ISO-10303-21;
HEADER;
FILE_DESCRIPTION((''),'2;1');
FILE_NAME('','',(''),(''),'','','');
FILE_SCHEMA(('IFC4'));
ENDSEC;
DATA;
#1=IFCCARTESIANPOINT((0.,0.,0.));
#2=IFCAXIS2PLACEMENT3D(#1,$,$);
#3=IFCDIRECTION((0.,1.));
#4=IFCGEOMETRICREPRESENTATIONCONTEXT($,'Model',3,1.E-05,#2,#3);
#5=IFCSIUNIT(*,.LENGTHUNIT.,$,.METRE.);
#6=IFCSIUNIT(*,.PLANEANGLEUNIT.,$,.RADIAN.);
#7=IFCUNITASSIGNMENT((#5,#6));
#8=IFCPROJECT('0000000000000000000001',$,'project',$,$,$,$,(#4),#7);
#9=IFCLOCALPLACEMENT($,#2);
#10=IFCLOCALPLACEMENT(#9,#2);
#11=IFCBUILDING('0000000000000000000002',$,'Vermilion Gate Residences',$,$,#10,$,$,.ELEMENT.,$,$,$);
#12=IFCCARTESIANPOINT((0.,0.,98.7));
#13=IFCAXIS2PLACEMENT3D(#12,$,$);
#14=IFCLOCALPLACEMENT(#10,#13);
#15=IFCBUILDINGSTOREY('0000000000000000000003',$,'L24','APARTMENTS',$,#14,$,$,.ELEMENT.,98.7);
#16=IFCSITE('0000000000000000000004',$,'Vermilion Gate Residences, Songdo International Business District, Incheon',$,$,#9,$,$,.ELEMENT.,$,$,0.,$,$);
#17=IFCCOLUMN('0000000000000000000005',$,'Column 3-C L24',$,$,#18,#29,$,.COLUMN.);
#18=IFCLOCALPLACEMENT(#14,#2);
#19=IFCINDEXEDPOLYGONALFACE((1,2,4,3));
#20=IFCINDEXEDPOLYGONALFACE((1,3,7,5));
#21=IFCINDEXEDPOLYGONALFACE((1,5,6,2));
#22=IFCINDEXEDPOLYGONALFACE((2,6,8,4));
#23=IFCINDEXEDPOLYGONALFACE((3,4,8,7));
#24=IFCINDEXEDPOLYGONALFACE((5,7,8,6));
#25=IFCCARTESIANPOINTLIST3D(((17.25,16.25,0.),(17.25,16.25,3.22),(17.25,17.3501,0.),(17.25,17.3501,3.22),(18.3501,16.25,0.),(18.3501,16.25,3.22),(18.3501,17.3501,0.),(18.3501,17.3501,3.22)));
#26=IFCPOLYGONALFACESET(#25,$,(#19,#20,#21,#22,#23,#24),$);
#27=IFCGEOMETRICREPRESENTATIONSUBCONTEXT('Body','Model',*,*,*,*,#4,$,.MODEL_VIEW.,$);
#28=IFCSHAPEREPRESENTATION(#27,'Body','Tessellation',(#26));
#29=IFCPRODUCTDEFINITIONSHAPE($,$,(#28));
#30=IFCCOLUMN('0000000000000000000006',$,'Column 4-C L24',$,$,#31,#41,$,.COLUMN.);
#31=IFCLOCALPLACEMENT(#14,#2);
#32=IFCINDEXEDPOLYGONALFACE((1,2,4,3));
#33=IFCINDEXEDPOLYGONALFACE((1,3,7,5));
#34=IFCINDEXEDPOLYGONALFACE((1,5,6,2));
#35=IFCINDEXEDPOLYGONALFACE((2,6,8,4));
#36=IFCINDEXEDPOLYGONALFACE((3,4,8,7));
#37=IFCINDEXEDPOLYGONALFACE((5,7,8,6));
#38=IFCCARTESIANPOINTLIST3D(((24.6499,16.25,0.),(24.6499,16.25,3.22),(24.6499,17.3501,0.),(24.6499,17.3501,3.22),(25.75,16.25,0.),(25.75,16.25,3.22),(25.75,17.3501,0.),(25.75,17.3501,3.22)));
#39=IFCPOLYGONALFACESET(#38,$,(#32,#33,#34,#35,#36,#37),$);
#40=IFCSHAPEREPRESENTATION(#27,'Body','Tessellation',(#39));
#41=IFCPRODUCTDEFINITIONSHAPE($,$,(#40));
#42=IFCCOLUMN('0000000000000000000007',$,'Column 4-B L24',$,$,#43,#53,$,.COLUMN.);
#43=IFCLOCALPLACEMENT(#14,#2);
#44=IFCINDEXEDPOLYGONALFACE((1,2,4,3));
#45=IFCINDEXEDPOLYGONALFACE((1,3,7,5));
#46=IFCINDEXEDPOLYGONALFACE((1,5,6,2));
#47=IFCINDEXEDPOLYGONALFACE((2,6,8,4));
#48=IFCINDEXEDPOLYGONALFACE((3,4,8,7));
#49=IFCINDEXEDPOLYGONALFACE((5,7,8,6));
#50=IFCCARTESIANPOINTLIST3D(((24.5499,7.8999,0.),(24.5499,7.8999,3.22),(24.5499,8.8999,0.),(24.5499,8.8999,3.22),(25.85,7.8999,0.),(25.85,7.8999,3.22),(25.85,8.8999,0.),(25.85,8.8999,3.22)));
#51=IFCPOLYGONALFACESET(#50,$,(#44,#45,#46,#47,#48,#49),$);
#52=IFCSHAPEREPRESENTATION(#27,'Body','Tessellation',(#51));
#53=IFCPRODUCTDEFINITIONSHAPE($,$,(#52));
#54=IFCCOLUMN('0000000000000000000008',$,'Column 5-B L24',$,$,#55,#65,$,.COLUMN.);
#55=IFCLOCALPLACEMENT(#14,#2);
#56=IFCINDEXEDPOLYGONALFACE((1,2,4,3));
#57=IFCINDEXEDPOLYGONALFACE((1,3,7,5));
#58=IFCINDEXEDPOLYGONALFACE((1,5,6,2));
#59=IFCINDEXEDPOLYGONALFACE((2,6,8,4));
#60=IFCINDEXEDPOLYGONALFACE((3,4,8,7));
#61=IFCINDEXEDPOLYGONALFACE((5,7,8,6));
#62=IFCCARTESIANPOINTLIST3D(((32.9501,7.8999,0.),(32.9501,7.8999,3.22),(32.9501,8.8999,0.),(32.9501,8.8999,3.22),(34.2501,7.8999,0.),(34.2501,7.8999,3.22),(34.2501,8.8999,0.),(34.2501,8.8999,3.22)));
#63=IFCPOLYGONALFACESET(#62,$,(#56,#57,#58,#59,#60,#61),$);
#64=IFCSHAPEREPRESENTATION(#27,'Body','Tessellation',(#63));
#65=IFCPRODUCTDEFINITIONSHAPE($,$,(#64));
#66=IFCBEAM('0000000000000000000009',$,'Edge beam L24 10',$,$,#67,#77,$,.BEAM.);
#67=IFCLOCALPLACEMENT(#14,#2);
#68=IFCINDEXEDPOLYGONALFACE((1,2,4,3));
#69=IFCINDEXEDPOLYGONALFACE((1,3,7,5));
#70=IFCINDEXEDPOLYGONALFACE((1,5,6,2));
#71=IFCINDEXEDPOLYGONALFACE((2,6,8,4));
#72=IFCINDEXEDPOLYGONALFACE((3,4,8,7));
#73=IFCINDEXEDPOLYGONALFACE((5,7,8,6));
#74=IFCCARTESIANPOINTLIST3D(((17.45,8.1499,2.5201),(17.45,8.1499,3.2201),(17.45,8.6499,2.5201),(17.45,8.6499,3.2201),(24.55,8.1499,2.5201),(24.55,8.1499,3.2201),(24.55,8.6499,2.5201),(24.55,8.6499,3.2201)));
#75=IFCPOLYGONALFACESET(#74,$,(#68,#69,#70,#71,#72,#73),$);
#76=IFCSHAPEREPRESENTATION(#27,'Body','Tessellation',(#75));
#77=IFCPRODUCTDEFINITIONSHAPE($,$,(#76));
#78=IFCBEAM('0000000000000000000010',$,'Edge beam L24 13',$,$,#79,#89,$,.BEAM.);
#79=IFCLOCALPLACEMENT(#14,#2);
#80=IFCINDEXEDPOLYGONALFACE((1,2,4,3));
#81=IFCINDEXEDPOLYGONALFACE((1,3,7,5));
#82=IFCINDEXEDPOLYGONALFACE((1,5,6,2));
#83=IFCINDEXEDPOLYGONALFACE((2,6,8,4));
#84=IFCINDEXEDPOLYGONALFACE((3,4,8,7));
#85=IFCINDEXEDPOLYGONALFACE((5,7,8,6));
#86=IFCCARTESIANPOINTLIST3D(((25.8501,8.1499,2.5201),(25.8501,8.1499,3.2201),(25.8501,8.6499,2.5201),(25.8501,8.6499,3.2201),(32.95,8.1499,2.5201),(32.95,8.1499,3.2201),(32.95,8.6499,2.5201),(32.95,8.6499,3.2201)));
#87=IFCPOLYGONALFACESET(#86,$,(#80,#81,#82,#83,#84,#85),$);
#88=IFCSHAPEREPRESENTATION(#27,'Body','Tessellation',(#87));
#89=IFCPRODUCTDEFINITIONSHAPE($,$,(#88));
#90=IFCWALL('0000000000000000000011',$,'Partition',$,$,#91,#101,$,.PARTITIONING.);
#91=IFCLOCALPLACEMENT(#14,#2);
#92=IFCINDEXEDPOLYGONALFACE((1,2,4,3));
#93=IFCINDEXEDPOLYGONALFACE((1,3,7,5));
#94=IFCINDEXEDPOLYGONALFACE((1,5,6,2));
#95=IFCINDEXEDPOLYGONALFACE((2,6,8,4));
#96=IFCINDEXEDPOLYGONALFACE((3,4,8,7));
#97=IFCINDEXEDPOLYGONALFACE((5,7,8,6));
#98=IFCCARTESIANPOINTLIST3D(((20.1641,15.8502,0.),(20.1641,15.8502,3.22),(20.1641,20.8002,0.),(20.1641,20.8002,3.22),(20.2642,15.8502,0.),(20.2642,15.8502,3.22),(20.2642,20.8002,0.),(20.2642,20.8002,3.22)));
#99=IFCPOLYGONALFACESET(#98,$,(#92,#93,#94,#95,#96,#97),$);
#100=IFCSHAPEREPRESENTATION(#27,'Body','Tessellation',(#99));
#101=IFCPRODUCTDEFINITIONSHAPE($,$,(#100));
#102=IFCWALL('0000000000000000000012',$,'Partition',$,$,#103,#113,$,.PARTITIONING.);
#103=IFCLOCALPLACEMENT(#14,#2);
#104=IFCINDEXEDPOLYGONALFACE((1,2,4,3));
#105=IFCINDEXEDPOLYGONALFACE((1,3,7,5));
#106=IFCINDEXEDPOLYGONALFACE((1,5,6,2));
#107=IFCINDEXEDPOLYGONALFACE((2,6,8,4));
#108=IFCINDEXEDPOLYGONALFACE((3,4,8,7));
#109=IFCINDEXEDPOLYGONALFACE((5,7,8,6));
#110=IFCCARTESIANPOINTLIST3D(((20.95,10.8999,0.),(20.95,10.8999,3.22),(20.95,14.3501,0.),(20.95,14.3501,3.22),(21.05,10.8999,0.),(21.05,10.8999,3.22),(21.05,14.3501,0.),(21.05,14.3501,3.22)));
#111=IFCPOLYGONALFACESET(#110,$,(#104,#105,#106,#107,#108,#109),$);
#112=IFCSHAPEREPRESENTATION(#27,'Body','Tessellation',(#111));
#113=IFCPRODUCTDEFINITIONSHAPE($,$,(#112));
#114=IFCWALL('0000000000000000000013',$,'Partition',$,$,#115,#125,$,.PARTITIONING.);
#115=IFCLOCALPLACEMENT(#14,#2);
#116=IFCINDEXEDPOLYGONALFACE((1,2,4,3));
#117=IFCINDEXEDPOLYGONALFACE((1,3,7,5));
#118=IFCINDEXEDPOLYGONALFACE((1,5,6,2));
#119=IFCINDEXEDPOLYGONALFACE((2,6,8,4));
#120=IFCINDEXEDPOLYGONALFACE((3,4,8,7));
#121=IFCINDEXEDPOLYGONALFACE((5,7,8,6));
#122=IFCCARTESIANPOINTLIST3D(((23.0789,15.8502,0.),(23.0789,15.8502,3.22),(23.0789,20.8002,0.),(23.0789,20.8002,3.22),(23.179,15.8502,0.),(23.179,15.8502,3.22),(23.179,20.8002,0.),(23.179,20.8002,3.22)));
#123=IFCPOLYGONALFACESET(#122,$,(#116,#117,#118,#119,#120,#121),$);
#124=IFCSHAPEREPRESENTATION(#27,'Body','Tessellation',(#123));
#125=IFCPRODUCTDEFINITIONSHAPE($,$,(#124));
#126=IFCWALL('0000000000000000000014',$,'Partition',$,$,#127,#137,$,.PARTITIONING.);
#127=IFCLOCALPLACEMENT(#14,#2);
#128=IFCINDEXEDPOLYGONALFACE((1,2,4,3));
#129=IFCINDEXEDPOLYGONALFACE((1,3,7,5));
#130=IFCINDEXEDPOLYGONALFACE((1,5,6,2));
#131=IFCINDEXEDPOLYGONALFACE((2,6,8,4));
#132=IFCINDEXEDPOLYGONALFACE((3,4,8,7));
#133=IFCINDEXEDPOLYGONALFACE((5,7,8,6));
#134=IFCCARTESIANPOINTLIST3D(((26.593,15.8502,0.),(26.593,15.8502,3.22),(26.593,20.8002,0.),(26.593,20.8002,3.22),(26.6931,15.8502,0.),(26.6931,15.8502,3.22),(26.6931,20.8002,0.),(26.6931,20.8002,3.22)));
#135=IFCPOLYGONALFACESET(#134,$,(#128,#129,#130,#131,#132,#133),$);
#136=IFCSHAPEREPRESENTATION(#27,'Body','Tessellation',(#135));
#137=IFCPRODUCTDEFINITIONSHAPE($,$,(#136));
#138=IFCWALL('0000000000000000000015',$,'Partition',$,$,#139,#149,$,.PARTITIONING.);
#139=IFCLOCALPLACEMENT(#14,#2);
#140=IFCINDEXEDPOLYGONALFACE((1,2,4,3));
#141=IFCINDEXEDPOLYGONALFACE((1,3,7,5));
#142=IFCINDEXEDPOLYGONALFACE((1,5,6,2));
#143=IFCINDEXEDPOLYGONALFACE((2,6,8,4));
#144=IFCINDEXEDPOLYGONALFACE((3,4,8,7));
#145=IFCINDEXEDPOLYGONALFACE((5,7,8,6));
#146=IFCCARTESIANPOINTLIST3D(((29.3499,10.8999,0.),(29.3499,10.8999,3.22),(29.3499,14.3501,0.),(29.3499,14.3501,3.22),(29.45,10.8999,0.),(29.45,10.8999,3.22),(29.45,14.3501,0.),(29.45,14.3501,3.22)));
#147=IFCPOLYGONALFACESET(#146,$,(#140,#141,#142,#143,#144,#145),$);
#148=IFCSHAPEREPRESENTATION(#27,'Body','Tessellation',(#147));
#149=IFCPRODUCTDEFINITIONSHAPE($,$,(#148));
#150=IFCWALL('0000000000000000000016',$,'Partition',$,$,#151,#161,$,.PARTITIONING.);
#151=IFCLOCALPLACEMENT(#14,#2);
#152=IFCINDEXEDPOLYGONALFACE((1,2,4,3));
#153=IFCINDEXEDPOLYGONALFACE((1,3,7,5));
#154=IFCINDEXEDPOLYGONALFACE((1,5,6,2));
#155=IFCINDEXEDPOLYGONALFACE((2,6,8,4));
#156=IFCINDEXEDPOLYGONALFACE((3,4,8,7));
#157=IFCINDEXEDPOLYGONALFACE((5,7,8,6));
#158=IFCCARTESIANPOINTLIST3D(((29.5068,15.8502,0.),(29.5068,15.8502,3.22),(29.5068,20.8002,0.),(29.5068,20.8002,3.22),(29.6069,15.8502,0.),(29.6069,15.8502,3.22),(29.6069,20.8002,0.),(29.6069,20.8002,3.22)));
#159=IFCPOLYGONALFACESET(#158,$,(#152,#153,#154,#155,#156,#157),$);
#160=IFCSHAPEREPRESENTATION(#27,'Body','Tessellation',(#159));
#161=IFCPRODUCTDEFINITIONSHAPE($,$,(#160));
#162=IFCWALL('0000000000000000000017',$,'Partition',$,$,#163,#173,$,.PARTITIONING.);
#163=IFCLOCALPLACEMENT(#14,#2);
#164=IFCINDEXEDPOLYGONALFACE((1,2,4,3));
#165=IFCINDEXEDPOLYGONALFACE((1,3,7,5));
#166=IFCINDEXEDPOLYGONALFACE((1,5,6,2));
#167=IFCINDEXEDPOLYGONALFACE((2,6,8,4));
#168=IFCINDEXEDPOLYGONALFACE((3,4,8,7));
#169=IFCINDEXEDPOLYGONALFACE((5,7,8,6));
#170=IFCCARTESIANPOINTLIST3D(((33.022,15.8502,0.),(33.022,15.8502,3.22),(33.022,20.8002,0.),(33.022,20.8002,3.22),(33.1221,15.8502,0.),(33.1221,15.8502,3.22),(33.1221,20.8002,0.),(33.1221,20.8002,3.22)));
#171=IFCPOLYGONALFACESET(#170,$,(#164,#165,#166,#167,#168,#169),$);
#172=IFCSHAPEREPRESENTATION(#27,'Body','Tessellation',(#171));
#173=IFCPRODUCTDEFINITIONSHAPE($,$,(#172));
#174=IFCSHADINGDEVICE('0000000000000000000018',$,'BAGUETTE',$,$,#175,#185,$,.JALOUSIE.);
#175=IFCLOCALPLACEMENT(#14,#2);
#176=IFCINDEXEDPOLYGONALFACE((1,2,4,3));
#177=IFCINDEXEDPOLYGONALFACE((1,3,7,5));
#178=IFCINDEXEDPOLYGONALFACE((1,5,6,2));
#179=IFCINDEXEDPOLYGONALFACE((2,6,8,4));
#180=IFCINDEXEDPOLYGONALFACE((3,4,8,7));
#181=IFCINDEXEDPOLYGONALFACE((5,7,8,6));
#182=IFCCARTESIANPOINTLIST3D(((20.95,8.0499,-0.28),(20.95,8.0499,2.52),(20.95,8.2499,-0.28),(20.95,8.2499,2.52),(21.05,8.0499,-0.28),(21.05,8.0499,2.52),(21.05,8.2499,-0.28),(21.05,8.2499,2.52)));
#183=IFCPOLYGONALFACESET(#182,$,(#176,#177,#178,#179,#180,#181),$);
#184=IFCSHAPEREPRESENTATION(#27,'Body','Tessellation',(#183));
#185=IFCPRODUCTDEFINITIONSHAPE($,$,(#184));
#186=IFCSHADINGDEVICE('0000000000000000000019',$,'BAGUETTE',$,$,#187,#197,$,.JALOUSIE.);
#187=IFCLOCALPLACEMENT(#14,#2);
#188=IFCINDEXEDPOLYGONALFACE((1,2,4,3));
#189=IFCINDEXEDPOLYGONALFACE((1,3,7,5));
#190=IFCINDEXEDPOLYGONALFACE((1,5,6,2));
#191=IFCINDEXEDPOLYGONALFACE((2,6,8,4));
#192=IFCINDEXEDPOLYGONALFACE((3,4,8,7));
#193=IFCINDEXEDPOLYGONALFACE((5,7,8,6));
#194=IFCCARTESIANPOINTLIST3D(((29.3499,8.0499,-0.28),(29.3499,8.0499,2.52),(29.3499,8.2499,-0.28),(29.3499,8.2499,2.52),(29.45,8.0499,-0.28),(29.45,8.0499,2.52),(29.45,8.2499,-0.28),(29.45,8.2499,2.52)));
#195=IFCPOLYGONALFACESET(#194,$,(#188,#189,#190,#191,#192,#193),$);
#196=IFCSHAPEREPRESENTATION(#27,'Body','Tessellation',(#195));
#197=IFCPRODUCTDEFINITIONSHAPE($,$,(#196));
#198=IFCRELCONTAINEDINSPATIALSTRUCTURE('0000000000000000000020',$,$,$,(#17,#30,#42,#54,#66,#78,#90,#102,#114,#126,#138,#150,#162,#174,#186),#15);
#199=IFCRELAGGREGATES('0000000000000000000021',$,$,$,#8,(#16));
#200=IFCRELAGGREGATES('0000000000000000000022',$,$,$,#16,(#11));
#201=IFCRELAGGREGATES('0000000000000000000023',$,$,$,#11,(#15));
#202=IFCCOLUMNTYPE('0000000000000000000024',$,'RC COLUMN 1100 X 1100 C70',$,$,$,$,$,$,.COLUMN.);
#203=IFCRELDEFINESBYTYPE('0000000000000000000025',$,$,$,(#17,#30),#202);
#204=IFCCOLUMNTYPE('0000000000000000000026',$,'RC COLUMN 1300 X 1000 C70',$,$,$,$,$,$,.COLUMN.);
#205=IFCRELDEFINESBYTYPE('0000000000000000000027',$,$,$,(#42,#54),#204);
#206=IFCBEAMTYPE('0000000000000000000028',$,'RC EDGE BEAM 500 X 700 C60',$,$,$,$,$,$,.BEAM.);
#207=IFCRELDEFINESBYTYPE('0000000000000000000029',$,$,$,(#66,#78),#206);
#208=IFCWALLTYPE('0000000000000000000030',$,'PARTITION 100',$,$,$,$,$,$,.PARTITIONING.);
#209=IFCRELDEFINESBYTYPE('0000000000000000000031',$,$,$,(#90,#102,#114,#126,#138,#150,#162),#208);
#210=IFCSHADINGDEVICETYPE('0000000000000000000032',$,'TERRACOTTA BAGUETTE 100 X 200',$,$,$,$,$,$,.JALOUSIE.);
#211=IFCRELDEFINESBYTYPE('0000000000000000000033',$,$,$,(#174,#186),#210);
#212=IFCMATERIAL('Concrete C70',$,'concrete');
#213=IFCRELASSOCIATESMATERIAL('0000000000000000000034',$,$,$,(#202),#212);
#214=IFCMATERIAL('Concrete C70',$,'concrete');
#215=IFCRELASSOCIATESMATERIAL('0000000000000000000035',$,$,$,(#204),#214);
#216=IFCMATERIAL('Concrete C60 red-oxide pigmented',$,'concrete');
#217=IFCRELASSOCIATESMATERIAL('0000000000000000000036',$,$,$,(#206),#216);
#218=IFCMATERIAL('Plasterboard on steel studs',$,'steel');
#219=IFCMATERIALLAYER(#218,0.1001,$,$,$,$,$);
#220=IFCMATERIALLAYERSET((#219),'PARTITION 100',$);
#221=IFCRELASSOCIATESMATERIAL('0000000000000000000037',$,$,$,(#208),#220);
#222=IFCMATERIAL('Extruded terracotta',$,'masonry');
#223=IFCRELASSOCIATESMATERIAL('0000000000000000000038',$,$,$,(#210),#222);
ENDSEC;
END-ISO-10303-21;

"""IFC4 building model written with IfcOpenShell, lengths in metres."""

from ifc_helpers import new_model, si_unit, direction, frame, frame_2d, origin, origin_2d, place, context, subcontext, project, spatial, rectangle, extrude, material, layer, layer_set, material_profile, profile_set, type_object, element, save


model = new_model("IFC4")

# Units and contexts
model_context = context("Model", 3, precision=1e-05, world=origin(), true_north=direction((0.0, 1.0)))
body_context = subcontext(model_context, "Body", "Model", "MODEL_VIEW")
ifc_project = project(units=[si_unit("LENGTHUNIT", "METRE"), si_unit("PLANEANGLEUNIT", "RADIAN")], contexts=[model_context])

# Site, building, storey
site_placement = place(None, origin())
site = spatial("IfcSite", under=ifc_project, at=site_placement, Name="Vermilion Gate Residences, Songdo International Business District, Incheon", CompositionType="ELEMENT", RefElevation=0.0)
building_placement = place(site_placement, origin())
building = spatial("IfcBuilding", under=site, at=building_placement, Name="Vermilion Gate Residences", CompositionType="ELEMENT")
storey_placement = place(building_placement, frame((0.0, 0.0, 98.7)))
storey = spatial("IfcBuildingStorey", under=building, at=storey_placement, Name="L24", Description="APARTMENTS", CompositionType="ELEMENT", Elevation=98.7)

# Columns
ifc_material_1 = material(Name="Concrete C70", Category="concrete")
ifc_material_profile_1 = material_profile(ifc_material_1, rectangle(XDim=1.1001, YDim=1.1001, at=origin_2d()), Name="RC-1100x1100")
ifc_profile_set_1 = profile_set([ifc_material_profile_1], Name="Concrete C70")
column_type_1 = type_object("IfcColumnType", Name="RC COLUMN 1100 X 1100 C70", PredefinedType="COLUMN", material=ifc_profile_set_1)
for number, where, z_axis, x_axis, name in (
    (1, (17.8, 16.8, 0.0), (0.0, 0.0, 1.0), (1.0, 0.0, 0.0), "Column 3-C L24"),
    (2, (25.2, 16.8, 0.0), (0.0, 0.0, 1.0), (1.0, 0.0, 0.0), "Column 4-C L24"),
):
    element("IfcColumn", number, at=place(storey_placement, frame(where, z_axis=z_axis, x_axis=x_axis)), inside=storey, type_object=column_type_1, Name=name, PredefinedType="COLUMN", context=body_context, shape_type="SweptSolid", body=[
        extrude(rectangle(XDim=1.1001, YDim=1.1001, at=origin_2d()), origin(), (0.0, 0.0, 1.0), 3.22),
    ])
ifc_material_2 = material(Name="Concrete C70", Category="concrete")
ifc_material_profile_2 = material_profile(ifc_material_2, rectangle(XDim=1.3, YDim=1.0, at=origin_2d()), Name="RC-1300x1000")
ifc_profile_set_2 = profile_set([ifc_material_profile_2], Name="Concrete C70")
column_type_2 = type_object("IfcColumnType", Name="RC COLUMN 1300 X 1000 C70", PredefinedType="COLUMN", material=ifc_profile_set_2)
for number, where, z_axis, x_axis, name in (
    (3, (25.2, 8.3999, 0.0), (0.0, 0.0, 1.0), (1.0, 0.0, 0.0), "Column 4-B L24"),
    (4, (33.6001, 8.3999, 0.0), (0.0, 0.0, 1.0), (1.0, 0.0, 0.0), "Column 5-B L24"),
):
    element("IfcColumn", number, at=place(storey_placement, frame(where, z_axis=z_axis, x_axis=x_axis)), inside=storey, type_object=column_type_2, Name=name, PredefinedType="COLUMN", context=body_context, shape_type="SweptSolid", body=[
        extrude(rectangle(XDim=1.3, YDim=1.0, at=origin_2d()), origin(), (0.0, 0.0, 1.0), 3.22),
    ])

# Beams
ifc_material_3 = material(Name="Concrete C60 red-oxide pigmented", Category="concrete")
ifc_material_profile_3 = material_profile(ifc_material_3, rectangle(XDim=0.5, YDim=0.7, at=origin_2d()), Name="RC-500x700")
ifc_profile_set_3 = profile_set([ifc_material_profile_3], Name="Concrete C60 red-oxide pigmented")
beam_type = type_object("IfcBeamType", Name="RC EDGE BEAM 500 X 700 C60", PredefinedType="BEAM", material=ifc_profile_set_3)
beam_1_placement = place(storey_placement, frame((17.45, 8.3999, 2.8701), z_axis=(1.0, 0.0, 0.0), x_axis=(0.0, 1.0, 0.0)))
element("IfcBeam", 5, at=beam_1_placement, inside=storey, type_object=beam_type, Name="Edge beam L24 10", PredefinedType="BEAM", context=body_context, shape_type="SweptSolid", body=[
    extrude(rectangle(XDim=0.5, YDim=0.7, at=origin_2d()), origin(), (0.0, 0.0, 1.0), 7.1001),
])
beam_2_placement = place(storey_placement, frame((25.8501, 8.3999, 2.8701), z_axis=(1.0, 0.0, 0.0), x_axis=(0.0, 1.0, 0.0)))
element("IfcBeam", 6, at=beam_2_placement, inside=storey, type_object=beam_type, Name="Edge beam L24 13", PredefinedType="BEAM", context=body_context, shape_type="SweptSolid", body=[
    extrude(rectangle(XDim=0.5, YDim=0.7, at=origin_2d()), origin(), (0.0, 0.0, 1.0), 7.0999),
])

# Walls
ifc_material_4 = material(Name="Plasterboard on steel studs", Category="steel")
ifc_layer = layer(ifc_material_4, 0.1001)
ifc_layer_set = layer_set([ifc_layer], Name="PARTITION 100")
wall_type = type_object("IfcWallType", Name="PARTITION 100", PredefinedType="PARTITIONING", material=ifc_layer_set)
wall_1_placement = place(storey_placement, frame((20.2141, 15.8501, 0.0), z_axis=(0.0, 0.0, 1.0), x_axis=(0.0, 1.0, 0.0)))
element("IfcWall", 7, at=wall_1_placement, inside=storey, type_object=wall_type, Name="Partition", PredefinedType="PARTITIONING", context=body_context, shape_type="SweptSolid", body=[
    extrude(rectangle(XDim=4.95, YDim=0.1001, at=frame_2d((2.4751, 0.0))), origin(), (0.0, 0.0, 1.0), 3.22),
])
wall_2_placement = place(storey_placement, frame((21.0, 10.8999, 0.0), z_axis=(0.0, 0.0, 1.0), x_axis=(0.0, 1.0, 0.0)))
element("IfcWall", 8, at=wall_2_placement, inside=storey, type_object=wall_type, Name="Partition", PredefinedType="PARTITIONING", context=body_context, shape_type="SweptSolid", body=[
    extrude(rectangle(XDim=3.4502, YDim=0.1001, at=frame_2d((1.7251, 0.0))), origin(), (0.0, 0.0, 1.0), 3.22),
])
for number, where, z_axis, x_axis, name in (
    (9, (23.1289, 15.8501, 0.0), (0.0, 0.0, 1.0), (0.0, 1.0, 0.0), "Partition"),
    (10, (26.6431, 15.8501, 0.0), (0.0, 0.0, 1.0), (0.0, 1.0, 0.0), "Partition"),
):
    element("IfcWall", number, at=place(storey_placement, frame(where, z_axis=z_axis, x_axis=x_axis)), inside=storey, type_object=wall_type, Name=name, PredefinedType="PARTITIONING", context=body_context, shape_type="SweptSolid", body=[
        extrude(rectangle(XDim=4.95, YDim=0.1001, at=frame_2d((2.4751, 0.0))), origin(), (0.0, 0.0, 1.0), 3.22),
    ])
wall_3_placement = place(storey_placement, frame((29.3999, 10.8999, 0.0), z_axis=(0.0, 0.0, 1.0), x_axis=(0.0, 1.0, 0.0)))
element("IfcWall", 11, at=wall_3_placement, inside=storey, type_object=wall_type, Name="Partition", PredefinedType="PARTITIONING", context=body_context, shape_type="SweptSolid", body=[
    extrude(rectangle(XDim=3.4502, YDim=0.1001, at=frame_2d((1.7251, 0.0))), origin(), (0.0, 0.0, 1.0), 3.22),
])
for number, where, z_axis, x_axis, name in (
    (12, (29.5569, 15.8501, 0.0), (0.0, 0.0, 1.0), (0.0, 1.0, 0.0), "Partition"),
    (13, (33.072, 15.8501, 0.0), (0.0, 0.0, 1.0), (0.0, 1.0, 0.0), "Partition"),
):
    element("IfcWall", number, at=place(storey_placement, frame(where, z_axis=z_axis, x_axis=x_axis)), inside=storey, type_object=wall_type, Name=name, PredefinedType="PARTITIONING", context=body_context, shape_type="SweptSolid", body=[
        extrude(rectangle(XDim=4.95, YDim=0.1001, at=frame_2d((2.4751, 0.0))), origin(), (0.0, 0.0, 1.0), 3.22),
    ])

# Shading devices
ifc_material_5 = material(Name="Extruded terracotta", Category="masonry")
ifc_material_profile_4 = material_profile(ifc_material_5, rectangle(XDim=0.2, YDim=0.1001, at=origin_2d()), Name="BAGUETTE 100 X 200")
ifc_profile_set_4 = profile_set([ifc_material_profile_4], Name="Extruded terracotta")
shading_device_type = type_object("IfcShadingDeviceType", Name="TERRACOTTA BAGUETTE 100 X 200", PredefinedType="JALOUSIE", material=ifc_profile_set_4)
for number, where, z_axis, x_axis, name in (
    (14, (21.0, 8.1499, -0.28), (0.0, 0.0, 1.0), (0.0, 1.0, 0.0), "BAGUETTE"),
    (15, (29.3999, 8.1499, -0.28), (0.0, 0.0, 1.0), (0.0, 1.0, 0.0), "BAGUETTE"),
):
    element("IfcShadingDevice", number, at=place(storey_placement, frame(where, z_axis=z_axis, x_axis=x_axis)), inside=storey, type_object=shading_device_type, Name=name, PredefinedType="JALOUSIE", context=body_context, shape_type="SweptSolid", body=[
        extrude(rectangle(XDim=0.2, YDim=0.1001, at=origin_2d()), origin(), (0.0, 0.0, 1.0), 2.8),
    ])

save(model, "model.ifc")
